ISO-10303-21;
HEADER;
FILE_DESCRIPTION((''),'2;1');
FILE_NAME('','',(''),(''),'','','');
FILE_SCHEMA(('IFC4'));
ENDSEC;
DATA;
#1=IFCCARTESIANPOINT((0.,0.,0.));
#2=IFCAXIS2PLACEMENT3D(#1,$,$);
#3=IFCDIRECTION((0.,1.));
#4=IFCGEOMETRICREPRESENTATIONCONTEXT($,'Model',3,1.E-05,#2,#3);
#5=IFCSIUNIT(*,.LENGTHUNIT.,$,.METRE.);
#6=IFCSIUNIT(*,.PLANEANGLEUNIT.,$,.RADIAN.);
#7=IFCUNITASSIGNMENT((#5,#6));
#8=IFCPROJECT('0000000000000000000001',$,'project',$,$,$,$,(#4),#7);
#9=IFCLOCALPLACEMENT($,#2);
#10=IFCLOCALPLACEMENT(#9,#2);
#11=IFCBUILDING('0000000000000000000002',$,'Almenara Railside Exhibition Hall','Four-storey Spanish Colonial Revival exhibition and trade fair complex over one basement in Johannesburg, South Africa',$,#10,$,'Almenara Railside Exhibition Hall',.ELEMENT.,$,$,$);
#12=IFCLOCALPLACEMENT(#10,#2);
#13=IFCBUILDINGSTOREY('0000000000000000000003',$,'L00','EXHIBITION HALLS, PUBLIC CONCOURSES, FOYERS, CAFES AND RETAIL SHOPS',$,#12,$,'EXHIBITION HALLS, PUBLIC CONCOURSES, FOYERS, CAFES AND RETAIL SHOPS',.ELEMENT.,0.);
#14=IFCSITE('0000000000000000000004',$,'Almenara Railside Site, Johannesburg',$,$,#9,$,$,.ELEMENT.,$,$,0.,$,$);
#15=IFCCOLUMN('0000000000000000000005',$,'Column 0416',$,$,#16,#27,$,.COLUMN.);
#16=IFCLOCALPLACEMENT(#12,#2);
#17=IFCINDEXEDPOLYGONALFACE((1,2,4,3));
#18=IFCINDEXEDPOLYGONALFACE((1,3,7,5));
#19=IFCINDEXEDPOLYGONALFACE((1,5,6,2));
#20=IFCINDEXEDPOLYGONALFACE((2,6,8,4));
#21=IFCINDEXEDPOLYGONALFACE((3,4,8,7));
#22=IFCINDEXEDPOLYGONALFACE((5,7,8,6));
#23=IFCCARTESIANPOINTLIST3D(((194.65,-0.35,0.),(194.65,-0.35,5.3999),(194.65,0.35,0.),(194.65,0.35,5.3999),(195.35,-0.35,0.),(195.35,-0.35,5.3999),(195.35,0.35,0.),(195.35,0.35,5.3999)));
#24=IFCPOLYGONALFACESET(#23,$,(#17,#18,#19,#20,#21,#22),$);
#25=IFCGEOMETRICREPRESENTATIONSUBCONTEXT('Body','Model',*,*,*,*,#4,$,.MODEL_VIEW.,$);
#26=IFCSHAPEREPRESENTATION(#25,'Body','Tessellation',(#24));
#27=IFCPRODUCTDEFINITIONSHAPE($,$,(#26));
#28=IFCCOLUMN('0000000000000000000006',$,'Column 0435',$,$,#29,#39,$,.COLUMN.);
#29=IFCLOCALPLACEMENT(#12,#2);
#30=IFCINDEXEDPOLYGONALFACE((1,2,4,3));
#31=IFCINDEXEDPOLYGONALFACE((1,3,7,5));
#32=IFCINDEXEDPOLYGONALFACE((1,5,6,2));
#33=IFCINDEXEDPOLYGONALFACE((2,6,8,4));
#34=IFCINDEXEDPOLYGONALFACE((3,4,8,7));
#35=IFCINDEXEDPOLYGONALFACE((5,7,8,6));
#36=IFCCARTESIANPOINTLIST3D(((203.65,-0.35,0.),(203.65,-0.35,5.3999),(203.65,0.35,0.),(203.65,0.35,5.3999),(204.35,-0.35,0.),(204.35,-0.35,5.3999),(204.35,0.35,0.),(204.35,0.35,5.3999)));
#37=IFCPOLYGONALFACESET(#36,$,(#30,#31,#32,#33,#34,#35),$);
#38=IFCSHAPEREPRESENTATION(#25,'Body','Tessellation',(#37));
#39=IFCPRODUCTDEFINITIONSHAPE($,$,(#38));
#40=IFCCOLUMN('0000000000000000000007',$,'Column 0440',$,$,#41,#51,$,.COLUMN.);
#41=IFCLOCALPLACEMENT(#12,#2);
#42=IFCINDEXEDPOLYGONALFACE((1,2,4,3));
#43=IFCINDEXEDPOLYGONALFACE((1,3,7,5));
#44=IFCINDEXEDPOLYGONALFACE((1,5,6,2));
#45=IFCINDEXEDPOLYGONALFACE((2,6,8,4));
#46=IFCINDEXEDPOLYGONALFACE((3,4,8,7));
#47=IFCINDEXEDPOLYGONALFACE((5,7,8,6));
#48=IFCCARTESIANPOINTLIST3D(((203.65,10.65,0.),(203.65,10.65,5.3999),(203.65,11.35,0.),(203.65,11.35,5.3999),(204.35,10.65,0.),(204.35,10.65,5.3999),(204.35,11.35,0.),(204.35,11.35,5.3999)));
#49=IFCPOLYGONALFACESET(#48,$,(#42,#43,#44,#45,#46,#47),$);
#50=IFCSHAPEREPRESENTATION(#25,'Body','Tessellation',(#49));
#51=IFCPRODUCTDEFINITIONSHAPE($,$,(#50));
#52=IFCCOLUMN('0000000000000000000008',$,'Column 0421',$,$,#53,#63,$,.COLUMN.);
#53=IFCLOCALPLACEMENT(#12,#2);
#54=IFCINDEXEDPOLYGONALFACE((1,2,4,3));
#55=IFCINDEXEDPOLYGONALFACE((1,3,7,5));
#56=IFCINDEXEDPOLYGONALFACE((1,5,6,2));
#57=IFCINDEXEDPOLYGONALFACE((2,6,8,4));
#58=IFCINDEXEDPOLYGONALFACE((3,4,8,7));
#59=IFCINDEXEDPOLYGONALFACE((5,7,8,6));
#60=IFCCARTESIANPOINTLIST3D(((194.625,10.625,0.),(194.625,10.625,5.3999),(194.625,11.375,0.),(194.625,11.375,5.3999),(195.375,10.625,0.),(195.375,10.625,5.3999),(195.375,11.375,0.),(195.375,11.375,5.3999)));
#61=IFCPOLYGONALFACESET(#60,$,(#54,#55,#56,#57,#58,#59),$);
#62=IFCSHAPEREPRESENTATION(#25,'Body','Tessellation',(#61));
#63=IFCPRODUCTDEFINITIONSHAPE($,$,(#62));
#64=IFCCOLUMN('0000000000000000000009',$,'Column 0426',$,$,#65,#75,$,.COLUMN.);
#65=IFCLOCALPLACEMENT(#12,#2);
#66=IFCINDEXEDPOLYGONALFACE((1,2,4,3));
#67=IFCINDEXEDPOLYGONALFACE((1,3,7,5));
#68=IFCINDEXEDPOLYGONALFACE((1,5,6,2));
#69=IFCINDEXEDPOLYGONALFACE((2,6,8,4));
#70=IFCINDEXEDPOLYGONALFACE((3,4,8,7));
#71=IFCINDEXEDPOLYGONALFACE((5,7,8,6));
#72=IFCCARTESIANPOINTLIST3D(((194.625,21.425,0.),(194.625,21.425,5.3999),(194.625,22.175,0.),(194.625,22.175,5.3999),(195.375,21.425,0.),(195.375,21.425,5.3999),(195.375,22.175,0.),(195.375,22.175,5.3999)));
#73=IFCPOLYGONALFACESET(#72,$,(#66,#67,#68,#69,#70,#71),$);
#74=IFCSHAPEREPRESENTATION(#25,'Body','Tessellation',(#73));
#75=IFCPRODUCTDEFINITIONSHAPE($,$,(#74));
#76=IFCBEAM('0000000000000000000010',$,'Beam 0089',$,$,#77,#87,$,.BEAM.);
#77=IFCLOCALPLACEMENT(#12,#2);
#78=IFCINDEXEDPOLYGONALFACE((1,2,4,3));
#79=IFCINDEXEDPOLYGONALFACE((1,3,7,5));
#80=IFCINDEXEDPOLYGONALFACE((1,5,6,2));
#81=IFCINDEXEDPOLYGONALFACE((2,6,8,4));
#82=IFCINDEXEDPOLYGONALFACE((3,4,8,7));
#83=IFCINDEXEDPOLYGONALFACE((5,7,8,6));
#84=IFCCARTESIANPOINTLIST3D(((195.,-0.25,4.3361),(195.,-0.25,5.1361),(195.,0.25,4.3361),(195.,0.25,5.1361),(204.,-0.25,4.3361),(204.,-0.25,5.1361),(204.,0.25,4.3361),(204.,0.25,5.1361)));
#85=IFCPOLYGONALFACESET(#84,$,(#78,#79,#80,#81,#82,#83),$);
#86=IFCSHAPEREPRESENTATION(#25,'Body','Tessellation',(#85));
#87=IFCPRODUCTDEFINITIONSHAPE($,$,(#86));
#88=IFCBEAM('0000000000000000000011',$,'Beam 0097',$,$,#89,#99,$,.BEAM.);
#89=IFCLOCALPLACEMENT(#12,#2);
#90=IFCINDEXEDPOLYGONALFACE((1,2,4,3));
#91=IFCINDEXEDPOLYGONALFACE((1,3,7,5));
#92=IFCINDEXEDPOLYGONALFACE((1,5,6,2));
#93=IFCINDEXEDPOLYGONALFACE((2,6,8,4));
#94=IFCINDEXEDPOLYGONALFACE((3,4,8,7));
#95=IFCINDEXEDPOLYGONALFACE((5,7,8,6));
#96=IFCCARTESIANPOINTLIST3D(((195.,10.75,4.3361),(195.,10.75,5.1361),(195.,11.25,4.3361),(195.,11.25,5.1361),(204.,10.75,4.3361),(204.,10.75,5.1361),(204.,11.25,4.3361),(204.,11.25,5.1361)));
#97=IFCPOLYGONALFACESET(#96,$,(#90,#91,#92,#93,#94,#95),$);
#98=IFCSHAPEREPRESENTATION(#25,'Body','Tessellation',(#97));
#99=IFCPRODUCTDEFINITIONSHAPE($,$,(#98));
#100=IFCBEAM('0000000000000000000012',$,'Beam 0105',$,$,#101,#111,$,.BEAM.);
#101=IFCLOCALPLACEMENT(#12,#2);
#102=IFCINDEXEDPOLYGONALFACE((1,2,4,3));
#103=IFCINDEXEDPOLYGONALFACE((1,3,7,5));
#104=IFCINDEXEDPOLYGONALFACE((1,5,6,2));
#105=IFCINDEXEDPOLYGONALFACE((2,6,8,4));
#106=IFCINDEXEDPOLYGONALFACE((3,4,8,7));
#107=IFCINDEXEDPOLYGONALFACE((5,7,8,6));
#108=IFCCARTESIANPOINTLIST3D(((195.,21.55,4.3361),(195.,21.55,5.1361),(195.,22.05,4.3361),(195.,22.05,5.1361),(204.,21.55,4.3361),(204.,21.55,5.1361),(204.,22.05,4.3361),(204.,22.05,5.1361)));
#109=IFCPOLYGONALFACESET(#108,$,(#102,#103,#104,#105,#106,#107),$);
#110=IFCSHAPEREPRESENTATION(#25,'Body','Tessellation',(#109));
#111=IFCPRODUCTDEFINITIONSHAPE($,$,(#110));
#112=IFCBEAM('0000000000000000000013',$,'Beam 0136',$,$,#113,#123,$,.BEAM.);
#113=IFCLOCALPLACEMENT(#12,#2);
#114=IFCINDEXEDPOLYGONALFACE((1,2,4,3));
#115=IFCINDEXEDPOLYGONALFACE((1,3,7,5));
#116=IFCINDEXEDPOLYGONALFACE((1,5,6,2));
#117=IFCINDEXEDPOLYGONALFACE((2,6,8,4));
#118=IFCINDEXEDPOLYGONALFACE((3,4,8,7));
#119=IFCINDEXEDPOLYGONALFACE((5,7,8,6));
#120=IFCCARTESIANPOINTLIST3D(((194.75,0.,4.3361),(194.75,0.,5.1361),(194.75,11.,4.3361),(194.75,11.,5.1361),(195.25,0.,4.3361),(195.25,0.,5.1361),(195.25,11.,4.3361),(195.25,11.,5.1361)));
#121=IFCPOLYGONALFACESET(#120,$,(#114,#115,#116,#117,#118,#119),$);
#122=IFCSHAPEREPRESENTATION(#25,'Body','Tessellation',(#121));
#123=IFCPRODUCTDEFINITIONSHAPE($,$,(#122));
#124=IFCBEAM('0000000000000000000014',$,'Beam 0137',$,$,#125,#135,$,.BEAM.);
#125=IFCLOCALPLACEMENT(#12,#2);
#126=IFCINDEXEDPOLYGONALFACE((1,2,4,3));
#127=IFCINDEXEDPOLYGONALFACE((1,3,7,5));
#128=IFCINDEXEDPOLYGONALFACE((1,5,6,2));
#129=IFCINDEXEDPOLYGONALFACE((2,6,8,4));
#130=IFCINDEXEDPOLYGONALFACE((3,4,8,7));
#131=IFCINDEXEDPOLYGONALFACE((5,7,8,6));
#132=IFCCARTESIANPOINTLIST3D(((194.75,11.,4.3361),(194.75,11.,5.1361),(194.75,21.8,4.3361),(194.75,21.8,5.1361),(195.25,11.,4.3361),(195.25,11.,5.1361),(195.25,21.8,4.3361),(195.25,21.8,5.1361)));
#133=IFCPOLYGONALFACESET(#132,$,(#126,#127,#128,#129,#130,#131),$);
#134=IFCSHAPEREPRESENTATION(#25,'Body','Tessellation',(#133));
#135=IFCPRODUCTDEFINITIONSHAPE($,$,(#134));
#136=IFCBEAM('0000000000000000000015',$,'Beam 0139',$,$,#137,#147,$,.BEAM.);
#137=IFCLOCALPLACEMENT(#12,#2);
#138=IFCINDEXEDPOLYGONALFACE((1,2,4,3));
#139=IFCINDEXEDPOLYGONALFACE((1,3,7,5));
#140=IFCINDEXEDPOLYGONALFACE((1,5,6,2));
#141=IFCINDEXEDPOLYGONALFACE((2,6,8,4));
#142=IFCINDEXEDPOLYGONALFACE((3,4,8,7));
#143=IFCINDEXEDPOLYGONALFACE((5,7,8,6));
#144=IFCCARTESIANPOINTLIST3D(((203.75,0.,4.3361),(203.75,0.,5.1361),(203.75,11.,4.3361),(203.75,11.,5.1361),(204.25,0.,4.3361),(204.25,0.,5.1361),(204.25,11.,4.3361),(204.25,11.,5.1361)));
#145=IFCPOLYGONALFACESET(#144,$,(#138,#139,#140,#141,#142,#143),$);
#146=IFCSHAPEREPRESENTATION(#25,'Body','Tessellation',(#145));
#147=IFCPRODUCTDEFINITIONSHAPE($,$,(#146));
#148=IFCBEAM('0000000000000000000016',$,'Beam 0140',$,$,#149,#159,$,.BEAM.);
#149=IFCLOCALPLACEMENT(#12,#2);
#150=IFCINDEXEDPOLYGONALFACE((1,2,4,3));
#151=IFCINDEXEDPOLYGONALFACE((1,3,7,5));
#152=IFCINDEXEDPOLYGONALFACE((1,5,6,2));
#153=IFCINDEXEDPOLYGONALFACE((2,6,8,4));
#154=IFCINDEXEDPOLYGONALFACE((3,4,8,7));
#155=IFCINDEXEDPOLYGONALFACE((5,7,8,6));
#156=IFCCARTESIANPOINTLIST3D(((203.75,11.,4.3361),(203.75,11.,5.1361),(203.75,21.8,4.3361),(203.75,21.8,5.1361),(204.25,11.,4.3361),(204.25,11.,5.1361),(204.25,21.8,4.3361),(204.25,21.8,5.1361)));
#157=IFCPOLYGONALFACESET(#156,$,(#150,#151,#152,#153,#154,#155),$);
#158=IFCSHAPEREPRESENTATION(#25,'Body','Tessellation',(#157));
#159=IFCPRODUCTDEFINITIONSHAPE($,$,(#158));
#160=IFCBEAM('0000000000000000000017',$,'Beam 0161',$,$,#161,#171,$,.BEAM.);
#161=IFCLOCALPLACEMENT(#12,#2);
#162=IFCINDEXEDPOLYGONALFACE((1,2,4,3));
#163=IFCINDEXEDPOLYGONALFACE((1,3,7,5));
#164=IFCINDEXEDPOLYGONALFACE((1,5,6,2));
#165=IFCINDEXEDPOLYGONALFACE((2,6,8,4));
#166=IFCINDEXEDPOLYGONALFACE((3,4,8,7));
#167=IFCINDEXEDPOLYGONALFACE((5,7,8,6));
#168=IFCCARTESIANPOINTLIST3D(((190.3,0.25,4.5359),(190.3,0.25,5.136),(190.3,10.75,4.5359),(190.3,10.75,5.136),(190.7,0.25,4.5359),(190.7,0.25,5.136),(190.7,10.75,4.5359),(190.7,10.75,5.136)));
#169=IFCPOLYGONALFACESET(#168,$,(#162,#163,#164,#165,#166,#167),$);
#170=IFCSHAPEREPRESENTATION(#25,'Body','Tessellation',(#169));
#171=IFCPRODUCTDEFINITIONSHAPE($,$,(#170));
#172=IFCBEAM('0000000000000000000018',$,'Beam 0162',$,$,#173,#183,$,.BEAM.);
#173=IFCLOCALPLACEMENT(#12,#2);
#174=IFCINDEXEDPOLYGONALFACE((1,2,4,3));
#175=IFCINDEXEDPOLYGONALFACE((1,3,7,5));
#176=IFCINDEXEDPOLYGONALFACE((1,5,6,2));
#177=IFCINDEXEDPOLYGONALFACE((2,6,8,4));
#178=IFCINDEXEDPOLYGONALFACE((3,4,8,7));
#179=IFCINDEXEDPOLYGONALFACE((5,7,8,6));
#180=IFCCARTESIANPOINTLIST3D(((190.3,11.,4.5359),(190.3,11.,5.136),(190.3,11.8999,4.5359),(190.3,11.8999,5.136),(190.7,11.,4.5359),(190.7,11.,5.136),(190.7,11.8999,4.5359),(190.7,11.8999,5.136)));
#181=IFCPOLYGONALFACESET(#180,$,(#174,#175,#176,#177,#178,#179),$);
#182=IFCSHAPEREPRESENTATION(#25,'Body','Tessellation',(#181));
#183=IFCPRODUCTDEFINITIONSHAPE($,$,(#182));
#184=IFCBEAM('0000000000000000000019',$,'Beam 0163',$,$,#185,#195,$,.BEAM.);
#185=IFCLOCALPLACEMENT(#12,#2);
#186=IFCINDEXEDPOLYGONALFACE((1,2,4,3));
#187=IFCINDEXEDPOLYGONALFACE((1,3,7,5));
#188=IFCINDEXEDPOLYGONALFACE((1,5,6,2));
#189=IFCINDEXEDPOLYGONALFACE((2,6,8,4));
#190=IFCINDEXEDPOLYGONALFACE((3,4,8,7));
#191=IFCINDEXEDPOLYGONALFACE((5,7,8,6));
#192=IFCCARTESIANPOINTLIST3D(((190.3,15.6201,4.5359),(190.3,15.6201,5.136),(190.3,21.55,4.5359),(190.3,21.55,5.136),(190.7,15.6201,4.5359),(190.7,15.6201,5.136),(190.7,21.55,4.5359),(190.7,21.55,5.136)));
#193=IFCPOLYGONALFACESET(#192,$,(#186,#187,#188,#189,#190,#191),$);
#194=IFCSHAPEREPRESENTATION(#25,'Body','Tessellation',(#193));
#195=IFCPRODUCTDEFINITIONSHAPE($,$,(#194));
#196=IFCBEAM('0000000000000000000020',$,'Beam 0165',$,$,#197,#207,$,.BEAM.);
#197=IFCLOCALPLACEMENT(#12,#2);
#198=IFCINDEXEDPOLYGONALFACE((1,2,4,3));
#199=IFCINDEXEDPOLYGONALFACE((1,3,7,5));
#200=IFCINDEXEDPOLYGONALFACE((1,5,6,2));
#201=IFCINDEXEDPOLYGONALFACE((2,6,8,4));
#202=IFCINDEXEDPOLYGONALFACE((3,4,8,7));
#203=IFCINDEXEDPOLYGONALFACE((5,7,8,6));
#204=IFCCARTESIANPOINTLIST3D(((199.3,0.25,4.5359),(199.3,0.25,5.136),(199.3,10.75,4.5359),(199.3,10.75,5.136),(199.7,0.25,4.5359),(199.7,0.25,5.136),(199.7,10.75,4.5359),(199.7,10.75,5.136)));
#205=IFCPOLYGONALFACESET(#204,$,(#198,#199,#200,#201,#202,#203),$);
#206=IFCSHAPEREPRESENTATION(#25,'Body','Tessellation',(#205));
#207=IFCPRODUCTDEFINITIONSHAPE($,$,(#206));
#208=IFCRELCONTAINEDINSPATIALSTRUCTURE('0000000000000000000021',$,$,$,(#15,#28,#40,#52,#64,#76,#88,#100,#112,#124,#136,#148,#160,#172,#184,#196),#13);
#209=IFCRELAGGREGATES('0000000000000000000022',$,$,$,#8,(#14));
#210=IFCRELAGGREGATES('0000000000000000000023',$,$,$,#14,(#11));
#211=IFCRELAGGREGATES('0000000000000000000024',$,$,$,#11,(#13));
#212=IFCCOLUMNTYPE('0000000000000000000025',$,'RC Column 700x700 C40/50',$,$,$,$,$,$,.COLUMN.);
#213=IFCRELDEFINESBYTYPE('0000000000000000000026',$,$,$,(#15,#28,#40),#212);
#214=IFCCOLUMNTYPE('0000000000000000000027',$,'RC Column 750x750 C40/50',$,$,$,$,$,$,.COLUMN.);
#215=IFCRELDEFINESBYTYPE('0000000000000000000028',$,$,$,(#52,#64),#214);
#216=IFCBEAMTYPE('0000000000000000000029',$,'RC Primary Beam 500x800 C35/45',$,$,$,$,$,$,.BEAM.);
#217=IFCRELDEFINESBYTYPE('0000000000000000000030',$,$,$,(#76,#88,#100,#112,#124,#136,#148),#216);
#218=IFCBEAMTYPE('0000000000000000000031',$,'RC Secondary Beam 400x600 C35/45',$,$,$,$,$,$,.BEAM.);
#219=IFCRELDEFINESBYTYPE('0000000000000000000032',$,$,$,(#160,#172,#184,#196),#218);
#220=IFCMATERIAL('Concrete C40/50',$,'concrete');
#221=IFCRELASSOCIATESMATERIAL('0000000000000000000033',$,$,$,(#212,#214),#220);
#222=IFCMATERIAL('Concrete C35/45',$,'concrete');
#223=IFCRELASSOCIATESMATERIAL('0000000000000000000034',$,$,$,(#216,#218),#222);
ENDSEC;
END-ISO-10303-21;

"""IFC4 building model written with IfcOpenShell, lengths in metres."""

from ifc_helpers import new_model, si_unit, direction, frame, origin, origin_2d, place, context, subcontext, project, spatial, rectangle, extrude, material, material_profile, profile_set, type_object, element, save


model = new_model("IFC4")

# Units and contexts
model_context = context("Model", 3, precision=1e-05, world=origin(), true_north=direction((0.0, 1.0)))
body_context = subcontext(model_context, "Body", "Model", "MODEL_VIEW")
ifc_project = project(units=[si_unit("LENGTHUNIT", "METRE"), si_unit("PLANEANGLEUNIT", "RADIAN")], contexts=[model_context])

# Site, building, storey
site_placement = place(None, origin())
site = spatial("IfcSite", under=ifc_project, at=site_placement, Name="Almenara Railside Site, Johannesburg", CompositionType="ELEMENT", RefElevation=0.0)
building_placement = place(site_placement, origin())
building = spatial("IfcBuilding", under=site, at=building_placement, Name="Almenara Railside Exhibition Hall", Description="Four-storey Spanish Colonial Revival exhibition and trade fair complex over one basement in Johannesburg, South Africa", LongName="Almenara Railside Exhibition Hall", CompositionType="ELEMENT")
storey_placement = place(building_placement, origin())
storey = spatial("IfcBuildingStorey", under=building, at=storey_placement, Name="L00", Description="EXHIBITION HALLS, PUBLIC CONCOURSES, FOYERS, CAFES AND RETAIL SHOPS", LongName="EXHIBITION HALLS, PUBLIC CONCOURSES, FOYERS, CAFES AND RETAIL SHOPS", CompositionType="ELEMENT", Elevation=0.0)

# Columns
ifc_material_1 = material(Name="Concrete C40/50", Category="concrete")
ifc_material_profile_1 = material_profile(ifc_material_1, rectangle(XDim=0.7, YDim=0.7, at=origin_2d()), Name="RC 700x700")
ifc_profile_set_1 = profile_set([ifc_material_profile_1], Name="Concrete C40/50")
column_type_1 = type_object("IfcColumnType", Name="RC Column 700x700 C40/50", PredefinedType="COLUMN", material=ifc_profile_set_1)
for number, where, z_axis, x_axis, name in (
    (1, (195.0, 0.0, 0.0), (0.0, 0.0, 1.0), (1.0, 0.0, 0.0), "Column 0416"),
    (2, (204.0, 0.0, 0.0), (0.0, 0.0, 1.0), (1.0, 0.0, 0.0), "Column 0435"),
    (3, (204.0, 11.0, 0.0), (0.0, 0.0, 1.0), (1.0, 0.0, 0.0), "Column 0440"),
):
    element("IfcColumn", number, at=place(storey_placement, frame(where, z_axis=z_axis, x_axis=x_axis)), inside=storey, type_object=column_type_1, Name=name, PredefinedType="COLUMN", context=body_context, shape_type="SweptSolid", body=[
        extrude(rectangle(XDim=0.7, YDim=0.7, at=origin_2d()), origin(), (0.0, 0.0, 1.0), 5.3999),
    ])
ifc_material_profile_2 = material_profile(ifc_material_1, rectangle(XDim=0.75, YDim=0.75, at=origin_2d()), Name="RC 750x750")
ifc_profile_set_2 = profile_set([ifc_material_profile_2], Name="Concrete C40/50")
column_type_2 = type_object("IfcColumnType", Name="RC Column 750x750 C40/50", PredefinedType="COLUMN", material=ifc_profile_set_2)
for number, where, z_axis, x_axis, name in (
    (4, (195.0, 11.0, 0.0), (0.0, 0.0, 1.0), (1.0, 0.0, 0.0), "Column 0421"),
    (5, (195.0, 21.8, 0.0), (0.0, 0.0, 1.0), (1.0, 0.0, 0.0), "Column 0426"),
):
    element("IfcColumn", number, at=place(storey_placement, frame(where, z_axis=z_axis, x_axis=x_axis)), inside=storey, type_object=column_type_2, Name=name, PredefinedType="COLUMN", context=body_context, shape_type="SweptSolid", body=[
        extrude(rectangle(XDim=0.75, YDim=0.75, at=origin_2d()), origin(), (0.0, 0.0, 1.0), 5.3999),
    ])

# Beams
ifc_material_2 = material(Name="Concrete C35/45", Category="concrete")
ifc_material_profile_3 = material_profile(ifc_material_2, rectangle(XDim=0.5, YDim=0.8, at=origin_2d()), Name="RC 500x800")
ifc_profile_set_3 = profile_set([ifc_material_profile_3], Name="Concrete C35/45")
beam_type_1 = type_object("IfcBeamType", Name="RC Primary Beam 500x800 C35/45", PredefinedType="BEAM", material=ifc_profile_set_3)
for number, where, z_axis, x_axis, name in (
    (6, (195.0, 0.0, 4.7361), (1.0, 0.0, 0.0), (0.0, 1.0, 0.0), "Beam 0089"),
    (7, (195.0, 11.0, 4.7361), (1.0, 0.0, 0.0), (0.0, 1.0, 0.0), "Beam 0097"),
    (8, (195.0, 21.8, 4.7361), (1.0, 0.0, 0.0), (0.0, 1.0, 0.0), "Beam 0105"),
):
    element("IfcBeam", number, at=place(storey_placement, frame(where, z_axis=z_axis, x_axis=x_axis)), inside=storey, type_object=beam_type_1, Name=name, PredefinedType="BEAM", context=body_context, shape_type="SweptSolid", body=[
        extrude(rectangle(XDim=0.5, YDim=0.8, at=origin_2d()), origin(), (0.0, 0.0, 1.0), 9.0),
    ])
beam_1_placement = place(storey_placement, frame((195.0, 0.0, 4.7361), z_axis=(0.0, 1.0, 0.0), x_axis=(-1.0, 0.0, 0.0)))
element("IfcBeam", 9, at=beam_1_placement, inside=storey, type_object=beam_type_1, Name="Beam 0136", PredefinedType="BEAM", context=body_context, shape_type="SweptSolid", body=[
    extrude(rectangle(XDim=0.5, YDim=0.8, at=origin_2d()), origin(), (0.0, 0.0, 1.0), 11.0),
])
beam_2_placement = place(storey_placement, frame((195.0, 11.0, 4.7361), z_axis=(0.0, 1.0, 0.0), x_axis=(-1.0, 0.0, 0.0)))
element("IfcBeam", 10, at=beam_2_placement, inside=storey, type_object=beam_type_1, Name="Beam 0137", PredefinedType="BEAM", context=body_context, shape_type="SweptSolid", body=[
    extrude(rectangle(XDim=0.5, YDim=0.8, at=origin_2d()), origin(), (0.0, 0.0, 1.0), 10.8),
])
beam_3_placement = place(storey_placement, frame((204.0, 0.0, 4.7361), z_axis=(0.0, 1.0, 0.0), x_axis=(-1.0, 0.0, 0.0)))
element("IfcBeam", 11, at=beam_3_placement, inside=storey, type_object=beam_type_1, Name="Beam 0139", PredefinedType="BEAM", context=body_context, shape_type="SweptSolid", body=[
    extrude(rectangle(XDim=0.5, YDim=0.8, at=origin_2d()), origin(), (0.0, 0.0, 1.0), 11.0),
])
beam_4_placement = place(storey_placement, frame((204.0, 11.0, 4.7361), z_axis=(0.0, 1.0, 0.0), x_axis=(-1.0, 0.0, 0.0)))
element("IfcBeam", 12, at=beam_4_placement, inside=storey, type_object=beam_type_1, Name="Beam 0140", PredefinedType="BEAM", context=body_context, shape_type="SweptSolid", body=[
    extrude(rectangle(XDim=0.5, YDim=0.8, at=origin_2d()), origin(), (0.0, 0.0, 1.0), 10.8),
])
ifc_material_profile_4 = material_profile(ifc_material_2, rectangle(XDim=0.3999, YDim=0.6001, at=origin_2d()), Name="RC 400x600")
ifc_profile_set_4 = profile_set([ifc_material_profile_4], Name="Concrete C35/45")
beam_type_2 = type_object("IfcBeamType", Name="RC Secondary Beam 400x600 C35/45", PredefinedType="BEAM", material=ifc_profile_set_4)
beam_5_placement = place(storey_placement, frame((190.5, 0.25, 4.8359), z_axis=(0.0, 1.0, 0.0), x_axis=(-1.0, 0.0, 0.0)))
element("IfcBeam", 13, at=beam_5_placement, inside=storey, type_object=beam_type_2, Name="Beam 0161", PredefinedType="BEAM", context=body_context, shape_type="SweptSolid", body=[
    extrude(rectangle(XDim=0.3999, YDim=0.6001, at=origin_2d()), origin(), (0.0, 0.0, 1.0), 10.5),
])
beam_6_placement = place(storey_placement, frame((190.5, 11.0, 4.8359), z_axis=(0.0, 1.0, 0.0), x_axis=(-1.0, 0.0, 0.0)))
element("IfcBeam", 14, at=beam_6_placement, inside=storey, type_object=beam_type_2, Name="Beam 0162", PredefinedType="BEAM", context=body_context, shape_type="SweptSolid", body=[
    extrude(rectangle(XDim=0.3999, YDim=0.6001, at=origin_2d()), origin(), (0.0, 0.0, 1.0), 0.8999),
])
beam_7_placement = place(storey_placement, frame((190.5, 15.6201, 4.8359), z_axis=(0.0, 1.0, 0.0), x_axis=(-1.0, 0.0, 0.0)))
element("IfcBeam", 15, at=beam_7_placement, inside=storey, type_object=beam_type_2, Name="Beam 0163", PredefinedType="BEAM", context=body_context, shape_type="SweptSolid", body=[
    extrude(rectangle(XDim=0.3999, YDim=0.6001, at=origin_2d()), origin(), (0.0, 0.0, 1.0), 5.9299),
])
beam_8_placement = place(storey_placement, frame((199.5, 0.25, 4.8359), z_axis=(0.0, 1.0, 0.0), x_axis=(-1.0, 0.0, 0.0)))
element("IfcBeam", 16, at=beam_8_placement, inside=storey, type_object=beam_type_2, Name="Beam 0165", PredefinedType="BEAM", context=body_context, shape_type="SweptSolid", body=[
    extrude(rectangle(XDim=0.3999, YDim=0.6001, at=origin_2d()), origin(), (0.0, 0.0, 1.0), 10.5),
])

save(model, "model.ifc")
